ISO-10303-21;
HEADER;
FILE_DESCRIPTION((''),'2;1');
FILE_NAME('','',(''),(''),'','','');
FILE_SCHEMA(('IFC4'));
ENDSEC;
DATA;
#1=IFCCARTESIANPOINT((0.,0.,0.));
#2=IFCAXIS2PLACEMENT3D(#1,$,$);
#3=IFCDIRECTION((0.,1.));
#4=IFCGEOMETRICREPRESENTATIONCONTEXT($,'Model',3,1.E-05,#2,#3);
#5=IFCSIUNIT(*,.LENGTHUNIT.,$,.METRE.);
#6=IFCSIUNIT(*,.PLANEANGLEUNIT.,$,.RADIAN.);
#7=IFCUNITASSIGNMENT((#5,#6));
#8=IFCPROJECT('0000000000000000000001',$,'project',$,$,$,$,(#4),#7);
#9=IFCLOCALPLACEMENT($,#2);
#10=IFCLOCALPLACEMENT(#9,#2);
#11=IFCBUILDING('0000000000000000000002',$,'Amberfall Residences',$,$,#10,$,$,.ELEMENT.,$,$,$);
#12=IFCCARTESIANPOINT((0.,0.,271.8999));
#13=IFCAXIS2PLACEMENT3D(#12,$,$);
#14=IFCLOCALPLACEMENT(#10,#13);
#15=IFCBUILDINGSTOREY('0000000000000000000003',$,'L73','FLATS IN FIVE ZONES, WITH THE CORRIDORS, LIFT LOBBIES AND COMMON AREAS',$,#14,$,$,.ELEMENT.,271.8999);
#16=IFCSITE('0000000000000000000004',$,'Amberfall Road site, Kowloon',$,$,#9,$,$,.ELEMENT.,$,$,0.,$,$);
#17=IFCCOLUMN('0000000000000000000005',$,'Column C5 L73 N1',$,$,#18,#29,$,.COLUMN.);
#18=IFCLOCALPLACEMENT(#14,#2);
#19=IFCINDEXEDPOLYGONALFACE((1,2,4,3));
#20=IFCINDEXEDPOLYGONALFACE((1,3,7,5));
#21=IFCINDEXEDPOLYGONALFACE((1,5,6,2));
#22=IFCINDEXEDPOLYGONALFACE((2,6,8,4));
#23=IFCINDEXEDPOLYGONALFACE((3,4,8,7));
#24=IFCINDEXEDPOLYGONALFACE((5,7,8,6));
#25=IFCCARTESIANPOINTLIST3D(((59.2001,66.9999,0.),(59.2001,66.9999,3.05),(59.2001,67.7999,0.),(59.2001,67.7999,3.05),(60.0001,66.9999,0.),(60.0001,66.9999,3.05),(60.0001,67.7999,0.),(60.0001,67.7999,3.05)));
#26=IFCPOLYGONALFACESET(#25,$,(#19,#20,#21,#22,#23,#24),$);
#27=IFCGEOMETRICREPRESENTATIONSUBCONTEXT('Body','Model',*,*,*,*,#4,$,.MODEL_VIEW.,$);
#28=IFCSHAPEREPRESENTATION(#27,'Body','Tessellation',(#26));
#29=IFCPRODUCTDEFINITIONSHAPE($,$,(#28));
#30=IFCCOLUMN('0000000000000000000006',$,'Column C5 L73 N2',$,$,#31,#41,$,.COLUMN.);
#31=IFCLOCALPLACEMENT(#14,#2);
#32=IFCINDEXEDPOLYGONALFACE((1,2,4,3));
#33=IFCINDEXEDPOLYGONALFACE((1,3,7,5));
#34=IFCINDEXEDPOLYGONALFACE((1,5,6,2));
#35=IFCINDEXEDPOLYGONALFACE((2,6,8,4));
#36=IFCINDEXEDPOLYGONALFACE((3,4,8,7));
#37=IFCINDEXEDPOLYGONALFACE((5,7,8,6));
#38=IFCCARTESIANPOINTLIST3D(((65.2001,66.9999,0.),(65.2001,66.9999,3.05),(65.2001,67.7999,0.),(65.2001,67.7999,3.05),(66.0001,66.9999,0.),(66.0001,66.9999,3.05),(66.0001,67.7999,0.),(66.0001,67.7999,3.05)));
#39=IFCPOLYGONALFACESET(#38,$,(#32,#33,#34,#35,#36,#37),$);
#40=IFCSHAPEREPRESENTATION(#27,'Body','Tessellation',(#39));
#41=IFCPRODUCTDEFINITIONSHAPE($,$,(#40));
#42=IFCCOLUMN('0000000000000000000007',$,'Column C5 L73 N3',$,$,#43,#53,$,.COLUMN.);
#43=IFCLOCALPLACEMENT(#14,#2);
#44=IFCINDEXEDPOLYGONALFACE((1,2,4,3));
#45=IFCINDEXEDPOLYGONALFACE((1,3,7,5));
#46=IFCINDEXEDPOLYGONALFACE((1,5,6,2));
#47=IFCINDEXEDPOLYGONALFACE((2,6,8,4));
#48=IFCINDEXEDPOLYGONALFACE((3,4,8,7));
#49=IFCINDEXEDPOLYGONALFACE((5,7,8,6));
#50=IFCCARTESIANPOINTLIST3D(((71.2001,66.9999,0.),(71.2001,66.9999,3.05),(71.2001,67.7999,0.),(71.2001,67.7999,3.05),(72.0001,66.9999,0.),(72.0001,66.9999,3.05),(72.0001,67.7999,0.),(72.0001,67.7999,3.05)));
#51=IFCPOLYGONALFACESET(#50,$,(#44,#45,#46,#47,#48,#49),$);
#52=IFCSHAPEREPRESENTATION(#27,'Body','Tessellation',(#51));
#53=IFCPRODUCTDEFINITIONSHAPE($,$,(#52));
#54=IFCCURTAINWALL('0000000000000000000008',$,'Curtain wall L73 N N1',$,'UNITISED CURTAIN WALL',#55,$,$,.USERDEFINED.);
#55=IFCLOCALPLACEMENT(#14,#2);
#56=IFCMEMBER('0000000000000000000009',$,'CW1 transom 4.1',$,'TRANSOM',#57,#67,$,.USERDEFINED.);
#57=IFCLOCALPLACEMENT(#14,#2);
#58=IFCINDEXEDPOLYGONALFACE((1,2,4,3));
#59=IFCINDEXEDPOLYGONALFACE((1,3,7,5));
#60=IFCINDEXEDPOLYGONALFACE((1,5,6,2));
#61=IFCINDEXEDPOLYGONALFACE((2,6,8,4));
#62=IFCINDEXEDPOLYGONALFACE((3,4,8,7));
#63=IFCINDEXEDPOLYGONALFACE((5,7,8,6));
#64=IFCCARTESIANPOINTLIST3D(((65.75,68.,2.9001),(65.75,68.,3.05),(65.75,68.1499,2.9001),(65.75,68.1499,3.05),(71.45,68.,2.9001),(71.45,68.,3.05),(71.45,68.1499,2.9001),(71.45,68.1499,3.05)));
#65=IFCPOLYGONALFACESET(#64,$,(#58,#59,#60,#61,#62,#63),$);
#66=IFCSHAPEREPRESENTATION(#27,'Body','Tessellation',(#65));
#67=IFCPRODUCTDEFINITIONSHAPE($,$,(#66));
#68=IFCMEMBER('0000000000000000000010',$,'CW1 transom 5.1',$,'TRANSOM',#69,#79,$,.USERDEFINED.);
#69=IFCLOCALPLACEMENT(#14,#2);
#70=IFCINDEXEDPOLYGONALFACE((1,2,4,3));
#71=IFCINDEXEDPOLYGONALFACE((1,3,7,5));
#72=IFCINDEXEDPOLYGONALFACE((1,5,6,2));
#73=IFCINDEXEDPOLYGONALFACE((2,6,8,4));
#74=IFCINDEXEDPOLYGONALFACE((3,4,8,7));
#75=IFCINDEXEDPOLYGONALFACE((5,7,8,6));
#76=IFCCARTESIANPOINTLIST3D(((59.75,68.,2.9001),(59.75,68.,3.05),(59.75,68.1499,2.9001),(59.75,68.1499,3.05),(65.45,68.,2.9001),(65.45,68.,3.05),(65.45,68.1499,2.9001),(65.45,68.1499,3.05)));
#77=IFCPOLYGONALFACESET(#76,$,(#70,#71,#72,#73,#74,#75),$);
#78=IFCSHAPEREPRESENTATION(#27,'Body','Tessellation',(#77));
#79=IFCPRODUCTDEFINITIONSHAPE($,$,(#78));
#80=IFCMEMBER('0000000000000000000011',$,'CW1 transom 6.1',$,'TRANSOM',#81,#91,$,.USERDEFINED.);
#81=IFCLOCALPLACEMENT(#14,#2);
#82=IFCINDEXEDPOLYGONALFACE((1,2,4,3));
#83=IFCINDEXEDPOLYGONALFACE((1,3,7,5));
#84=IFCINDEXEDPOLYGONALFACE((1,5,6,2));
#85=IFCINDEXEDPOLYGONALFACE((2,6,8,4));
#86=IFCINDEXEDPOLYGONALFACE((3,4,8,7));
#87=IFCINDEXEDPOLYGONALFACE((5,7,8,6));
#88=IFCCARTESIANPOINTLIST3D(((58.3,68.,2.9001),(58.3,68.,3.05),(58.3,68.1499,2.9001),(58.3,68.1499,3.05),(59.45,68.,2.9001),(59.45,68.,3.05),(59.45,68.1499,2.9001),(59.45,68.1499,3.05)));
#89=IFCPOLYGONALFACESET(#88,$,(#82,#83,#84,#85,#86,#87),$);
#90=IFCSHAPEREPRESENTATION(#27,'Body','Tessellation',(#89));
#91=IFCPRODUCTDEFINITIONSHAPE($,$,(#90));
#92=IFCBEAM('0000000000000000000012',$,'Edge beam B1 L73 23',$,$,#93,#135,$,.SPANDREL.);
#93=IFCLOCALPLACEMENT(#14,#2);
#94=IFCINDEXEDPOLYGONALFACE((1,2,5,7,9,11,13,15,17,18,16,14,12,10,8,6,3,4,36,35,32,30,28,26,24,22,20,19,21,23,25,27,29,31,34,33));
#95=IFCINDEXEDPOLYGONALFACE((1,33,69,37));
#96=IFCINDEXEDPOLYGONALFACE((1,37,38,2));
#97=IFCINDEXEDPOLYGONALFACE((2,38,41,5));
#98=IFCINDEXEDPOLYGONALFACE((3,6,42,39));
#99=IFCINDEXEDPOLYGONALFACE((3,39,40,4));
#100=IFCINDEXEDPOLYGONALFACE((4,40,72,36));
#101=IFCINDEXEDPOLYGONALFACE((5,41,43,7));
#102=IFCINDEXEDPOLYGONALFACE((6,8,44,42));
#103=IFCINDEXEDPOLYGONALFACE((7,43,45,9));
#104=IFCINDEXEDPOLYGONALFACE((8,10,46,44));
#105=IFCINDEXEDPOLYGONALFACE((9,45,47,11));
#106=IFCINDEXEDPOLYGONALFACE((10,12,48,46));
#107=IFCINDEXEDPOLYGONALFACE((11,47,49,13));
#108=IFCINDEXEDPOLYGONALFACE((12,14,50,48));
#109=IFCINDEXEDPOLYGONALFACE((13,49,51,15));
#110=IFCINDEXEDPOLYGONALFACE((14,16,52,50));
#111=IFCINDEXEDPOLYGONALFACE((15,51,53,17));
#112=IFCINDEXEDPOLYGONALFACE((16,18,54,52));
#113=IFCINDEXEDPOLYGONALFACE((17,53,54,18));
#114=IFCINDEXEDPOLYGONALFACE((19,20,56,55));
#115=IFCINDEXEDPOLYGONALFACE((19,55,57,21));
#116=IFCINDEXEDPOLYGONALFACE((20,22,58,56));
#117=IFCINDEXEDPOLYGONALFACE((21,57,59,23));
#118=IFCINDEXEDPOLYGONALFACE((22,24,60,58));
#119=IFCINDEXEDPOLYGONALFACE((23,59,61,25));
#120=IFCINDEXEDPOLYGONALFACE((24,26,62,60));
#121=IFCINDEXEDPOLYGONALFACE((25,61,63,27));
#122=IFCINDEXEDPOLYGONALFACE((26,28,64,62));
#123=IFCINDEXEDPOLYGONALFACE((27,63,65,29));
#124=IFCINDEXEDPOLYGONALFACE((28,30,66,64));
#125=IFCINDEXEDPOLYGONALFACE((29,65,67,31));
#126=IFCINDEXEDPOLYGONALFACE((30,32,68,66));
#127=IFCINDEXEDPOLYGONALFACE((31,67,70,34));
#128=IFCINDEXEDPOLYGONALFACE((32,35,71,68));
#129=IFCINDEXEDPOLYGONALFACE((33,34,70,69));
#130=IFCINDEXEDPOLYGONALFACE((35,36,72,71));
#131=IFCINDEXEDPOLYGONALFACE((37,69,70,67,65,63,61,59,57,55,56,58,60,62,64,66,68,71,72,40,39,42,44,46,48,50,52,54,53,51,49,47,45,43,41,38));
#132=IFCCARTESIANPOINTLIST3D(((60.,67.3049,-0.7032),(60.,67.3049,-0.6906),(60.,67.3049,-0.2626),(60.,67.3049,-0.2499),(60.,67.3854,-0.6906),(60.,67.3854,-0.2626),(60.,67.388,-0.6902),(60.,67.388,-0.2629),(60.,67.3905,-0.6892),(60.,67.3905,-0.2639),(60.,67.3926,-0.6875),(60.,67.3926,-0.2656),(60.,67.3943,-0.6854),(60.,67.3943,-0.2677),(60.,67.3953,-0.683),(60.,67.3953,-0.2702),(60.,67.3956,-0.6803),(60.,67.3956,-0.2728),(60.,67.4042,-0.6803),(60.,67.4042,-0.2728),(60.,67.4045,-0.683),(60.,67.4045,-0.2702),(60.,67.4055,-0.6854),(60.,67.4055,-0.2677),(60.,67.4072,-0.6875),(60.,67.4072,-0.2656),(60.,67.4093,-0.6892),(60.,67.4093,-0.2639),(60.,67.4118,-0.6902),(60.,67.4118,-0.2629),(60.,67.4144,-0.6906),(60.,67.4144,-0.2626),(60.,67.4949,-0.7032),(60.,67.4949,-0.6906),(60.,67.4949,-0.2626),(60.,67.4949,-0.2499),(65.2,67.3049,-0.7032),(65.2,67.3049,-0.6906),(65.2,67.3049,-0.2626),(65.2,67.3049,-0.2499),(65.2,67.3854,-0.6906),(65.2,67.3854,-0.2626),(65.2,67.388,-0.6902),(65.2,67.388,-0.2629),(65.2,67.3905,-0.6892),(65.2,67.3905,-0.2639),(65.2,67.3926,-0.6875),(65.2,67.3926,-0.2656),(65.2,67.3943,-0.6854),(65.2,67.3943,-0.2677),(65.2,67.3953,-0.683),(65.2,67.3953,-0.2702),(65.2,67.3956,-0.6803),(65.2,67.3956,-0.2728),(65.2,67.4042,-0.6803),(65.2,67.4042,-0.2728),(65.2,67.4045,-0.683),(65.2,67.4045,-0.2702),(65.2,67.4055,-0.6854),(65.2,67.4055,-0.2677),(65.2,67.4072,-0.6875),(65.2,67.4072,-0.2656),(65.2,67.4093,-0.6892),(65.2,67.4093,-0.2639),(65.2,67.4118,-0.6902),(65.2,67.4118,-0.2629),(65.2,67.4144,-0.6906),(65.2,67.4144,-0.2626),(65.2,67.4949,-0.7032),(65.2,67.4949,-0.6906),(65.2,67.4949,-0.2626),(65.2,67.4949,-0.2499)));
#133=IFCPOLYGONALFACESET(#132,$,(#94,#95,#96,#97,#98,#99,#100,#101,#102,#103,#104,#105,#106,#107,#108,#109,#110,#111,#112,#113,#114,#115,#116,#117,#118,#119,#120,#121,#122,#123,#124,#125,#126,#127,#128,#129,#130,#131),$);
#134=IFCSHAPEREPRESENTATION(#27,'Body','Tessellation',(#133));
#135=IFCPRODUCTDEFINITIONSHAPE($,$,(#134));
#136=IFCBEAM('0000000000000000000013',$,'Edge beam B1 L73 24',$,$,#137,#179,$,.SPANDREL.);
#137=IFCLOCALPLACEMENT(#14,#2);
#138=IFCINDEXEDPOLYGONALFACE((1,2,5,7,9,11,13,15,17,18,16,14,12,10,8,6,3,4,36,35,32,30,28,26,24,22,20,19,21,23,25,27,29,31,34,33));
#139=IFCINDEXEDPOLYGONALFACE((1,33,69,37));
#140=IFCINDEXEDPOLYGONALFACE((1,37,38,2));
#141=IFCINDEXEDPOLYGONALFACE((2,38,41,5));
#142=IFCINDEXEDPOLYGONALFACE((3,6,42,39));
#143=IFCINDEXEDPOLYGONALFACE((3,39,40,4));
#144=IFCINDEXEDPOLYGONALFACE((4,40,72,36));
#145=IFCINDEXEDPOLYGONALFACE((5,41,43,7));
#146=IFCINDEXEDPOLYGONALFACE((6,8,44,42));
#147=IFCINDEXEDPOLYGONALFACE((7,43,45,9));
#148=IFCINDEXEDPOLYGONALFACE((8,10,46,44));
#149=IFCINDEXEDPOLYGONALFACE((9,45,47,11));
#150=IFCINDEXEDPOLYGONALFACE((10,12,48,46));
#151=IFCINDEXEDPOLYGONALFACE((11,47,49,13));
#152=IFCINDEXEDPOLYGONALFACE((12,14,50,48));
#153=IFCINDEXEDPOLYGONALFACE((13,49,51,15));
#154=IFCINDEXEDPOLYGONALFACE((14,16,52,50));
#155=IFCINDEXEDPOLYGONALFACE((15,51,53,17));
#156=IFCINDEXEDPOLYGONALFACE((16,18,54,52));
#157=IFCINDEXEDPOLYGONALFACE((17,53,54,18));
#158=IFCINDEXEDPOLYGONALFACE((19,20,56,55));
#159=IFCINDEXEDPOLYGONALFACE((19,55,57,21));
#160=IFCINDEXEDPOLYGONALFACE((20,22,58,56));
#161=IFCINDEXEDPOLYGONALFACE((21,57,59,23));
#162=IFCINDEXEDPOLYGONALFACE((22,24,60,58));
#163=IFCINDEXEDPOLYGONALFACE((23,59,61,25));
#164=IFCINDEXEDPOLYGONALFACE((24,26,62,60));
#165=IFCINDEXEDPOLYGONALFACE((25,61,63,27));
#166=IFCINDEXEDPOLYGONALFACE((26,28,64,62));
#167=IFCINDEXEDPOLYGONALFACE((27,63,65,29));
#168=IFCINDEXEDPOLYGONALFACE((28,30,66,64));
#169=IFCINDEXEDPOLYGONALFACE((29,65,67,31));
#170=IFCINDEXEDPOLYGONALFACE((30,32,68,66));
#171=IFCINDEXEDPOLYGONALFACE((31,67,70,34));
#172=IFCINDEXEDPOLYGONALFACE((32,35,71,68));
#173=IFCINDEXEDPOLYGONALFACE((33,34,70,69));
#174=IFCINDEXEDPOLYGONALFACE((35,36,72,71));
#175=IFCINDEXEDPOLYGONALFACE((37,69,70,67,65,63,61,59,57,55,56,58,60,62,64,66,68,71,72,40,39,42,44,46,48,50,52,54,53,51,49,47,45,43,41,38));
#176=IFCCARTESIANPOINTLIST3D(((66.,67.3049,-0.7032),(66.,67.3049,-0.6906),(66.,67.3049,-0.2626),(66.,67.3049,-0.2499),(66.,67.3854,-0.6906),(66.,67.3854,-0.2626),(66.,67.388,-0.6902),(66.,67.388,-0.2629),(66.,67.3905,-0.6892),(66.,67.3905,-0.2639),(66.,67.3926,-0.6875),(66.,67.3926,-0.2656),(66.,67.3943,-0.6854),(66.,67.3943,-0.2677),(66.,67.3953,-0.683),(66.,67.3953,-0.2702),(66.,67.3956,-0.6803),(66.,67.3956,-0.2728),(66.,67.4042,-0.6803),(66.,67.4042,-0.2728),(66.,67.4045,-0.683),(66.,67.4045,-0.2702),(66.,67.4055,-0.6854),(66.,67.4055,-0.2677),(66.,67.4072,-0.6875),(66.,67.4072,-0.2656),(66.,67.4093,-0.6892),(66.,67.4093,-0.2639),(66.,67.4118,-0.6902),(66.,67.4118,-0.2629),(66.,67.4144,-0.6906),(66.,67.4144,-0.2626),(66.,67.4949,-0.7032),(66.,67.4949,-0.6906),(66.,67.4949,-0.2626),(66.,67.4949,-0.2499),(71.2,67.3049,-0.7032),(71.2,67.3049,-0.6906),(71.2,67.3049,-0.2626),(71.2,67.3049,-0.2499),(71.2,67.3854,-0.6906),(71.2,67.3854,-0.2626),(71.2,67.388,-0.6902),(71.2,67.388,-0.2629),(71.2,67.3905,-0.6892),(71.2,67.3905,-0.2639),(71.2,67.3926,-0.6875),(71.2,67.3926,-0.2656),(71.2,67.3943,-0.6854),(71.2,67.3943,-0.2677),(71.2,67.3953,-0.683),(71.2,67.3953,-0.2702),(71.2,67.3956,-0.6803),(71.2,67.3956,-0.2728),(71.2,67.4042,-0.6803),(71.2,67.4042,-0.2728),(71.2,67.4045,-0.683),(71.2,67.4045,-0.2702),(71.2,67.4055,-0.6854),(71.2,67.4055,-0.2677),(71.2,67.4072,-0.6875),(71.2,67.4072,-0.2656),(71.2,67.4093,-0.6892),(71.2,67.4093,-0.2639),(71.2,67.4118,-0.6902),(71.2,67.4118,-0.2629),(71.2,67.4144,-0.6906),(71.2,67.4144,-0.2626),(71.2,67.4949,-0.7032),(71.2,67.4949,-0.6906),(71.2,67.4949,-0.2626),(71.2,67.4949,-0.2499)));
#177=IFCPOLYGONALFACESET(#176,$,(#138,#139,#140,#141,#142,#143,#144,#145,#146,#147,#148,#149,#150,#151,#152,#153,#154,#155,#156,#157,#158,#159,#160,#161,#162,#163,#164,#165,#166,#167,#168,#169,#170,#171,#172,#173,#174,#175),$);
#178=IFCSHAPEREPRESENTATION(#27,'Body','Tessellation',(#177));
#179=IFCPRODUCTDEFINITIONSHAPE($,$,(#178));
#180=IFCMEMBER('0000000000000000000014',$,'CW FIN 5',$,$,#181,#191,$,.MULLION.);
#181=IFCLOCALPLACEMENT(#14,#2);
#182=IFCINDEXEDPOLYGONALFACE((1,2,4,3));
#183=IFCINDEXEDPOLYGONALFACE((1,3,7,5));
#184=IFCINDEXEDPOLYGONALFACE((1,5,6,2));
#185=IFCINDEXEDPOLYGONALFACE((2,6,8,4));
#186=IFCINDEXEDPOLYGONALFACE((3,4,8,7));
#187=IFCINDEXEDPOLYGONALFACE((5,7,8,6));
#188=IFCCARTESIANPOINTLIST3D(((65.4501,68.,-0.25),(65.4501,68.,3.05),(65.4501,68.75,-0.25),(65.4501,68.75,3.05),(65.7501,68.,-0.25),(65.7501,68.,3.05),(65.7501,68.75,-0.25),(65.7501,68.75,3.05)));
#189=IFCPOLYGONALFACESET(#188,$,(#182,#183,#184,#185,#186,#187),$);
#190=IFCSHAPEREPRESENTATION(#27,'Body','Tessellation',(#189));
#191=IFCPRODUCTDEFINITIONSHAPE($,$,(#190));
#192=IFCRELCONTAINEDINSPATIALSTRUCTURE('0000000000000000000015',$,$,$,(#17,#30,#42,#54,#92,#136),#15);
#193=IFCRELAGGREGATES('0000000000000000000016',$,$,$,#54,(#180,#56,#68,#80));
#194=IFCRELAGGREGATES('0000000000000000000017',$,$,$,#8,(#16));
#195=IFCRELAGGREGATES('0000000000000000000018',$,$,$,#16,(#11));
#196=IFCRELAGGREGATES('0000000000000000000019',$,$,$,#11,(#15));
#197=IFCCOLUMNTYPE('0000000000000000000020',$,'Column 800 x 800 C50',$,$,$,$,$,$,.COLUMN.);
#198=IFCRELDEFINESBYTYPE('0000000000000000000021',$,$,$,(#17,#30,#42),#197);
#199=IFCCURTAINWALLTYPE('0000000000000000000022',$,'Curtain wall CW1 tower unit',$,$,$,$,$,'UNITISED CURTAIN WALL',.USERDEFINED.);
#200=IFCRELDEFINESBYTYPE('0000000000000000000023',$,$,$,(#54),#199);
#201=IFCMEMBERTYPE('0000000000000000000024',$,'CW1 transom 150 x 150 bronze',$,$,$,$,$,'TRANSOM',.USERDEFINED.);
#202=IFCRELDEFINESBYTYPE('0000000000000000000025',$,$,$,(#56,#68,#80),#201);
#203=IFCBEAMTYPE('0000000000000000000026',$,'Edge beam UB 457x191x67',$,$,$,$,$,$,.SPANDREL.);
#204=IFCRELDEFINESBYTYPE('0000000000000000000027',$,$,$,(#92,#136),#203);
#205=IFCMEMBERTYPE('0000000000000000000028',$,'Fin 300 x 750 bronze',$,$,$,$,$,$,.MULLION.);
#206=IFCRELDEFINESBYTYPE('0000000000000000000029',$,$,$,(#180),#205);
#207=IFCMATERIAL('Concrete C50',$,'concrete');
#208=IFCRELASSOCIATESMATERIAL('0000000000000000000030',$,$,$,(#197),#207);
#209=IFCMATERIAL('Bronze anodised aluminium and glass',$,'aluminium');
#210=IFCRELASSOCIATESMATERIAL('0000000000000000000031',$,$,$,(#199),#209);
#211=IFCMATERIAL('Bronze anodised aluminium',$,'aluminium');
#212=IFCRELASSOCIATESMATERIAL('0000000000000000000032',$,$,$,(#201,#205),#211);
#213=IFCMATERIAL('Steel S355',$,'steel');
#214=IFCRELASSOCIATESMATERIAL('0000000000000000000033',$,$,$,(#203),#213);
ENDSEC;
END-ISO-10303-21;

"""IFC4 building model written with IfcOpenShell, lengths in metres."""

from ifc_helpers import new_model, si_unit, direction, frame, origin, origin_2d, place, context, subcontext, project, spatial, rectangle, i_section, extrude, material, material_profile, profile_set, type_object, element, aggregate, save


model = new_model("IFC4")

# Units and contexts
model_context = context("Model", 3, precision=1e-05, world=origin(), true_north=direction((0.0, 1.0)))
body_context = subcontext(model_context, "Body", "Model", "MODEL_VIEW")
ifc_project = project(units=[si_unit("LENGTHUNIT", "METRE"), si_unit("PLANEANGLEUNIT", "RADIAN")], contexts=[model_context])

# Site, building, storey
site_placement = place(None, origin())
site = spatial("IfcSite", under=ifc_project, at=site_placement, Name="Amberfall Road site, Kowloon", CompositionType="ELEMENT", RefElevation=0.0)
building_placement = place(site_placement, origin())
building = spatial("IfcBuilding", under=site, at=building_placement, Name="Amberfall Residences", CompositionType="ELEMENT")
storey_placement = place(building_placement, frame((0.0, 0.0, 271.8999)))
storey = spatial("IfcBuildingStorey", under=building, at=storey_placement, Name="L73", Description="FLATS IN FIVE ZONES, WITH THE CORRIDORS, LIFT LOBBIES AND COMMON AREAS", CompositionType="ELEMENT", Elevation=271.8999)

# Columns
ifc_material_1 = material(Name="Concrete C50", Category="concrete")
ifc_material_profile_1 = material_profile(ifc_material_1, rectangle(XDim=0.8, YDim=0.8, at=origin_2d()), Name="Column 800 x 800 C50")
ifc_profile_set_1 = profile_set([ifc_material_profile_1], Name="Concrete C50")
column_type = type_object("IfcColumnType", Name="Column 800 x 800 C50", PredefinedType="COLUMN", material=ifc_profile_set_1)
for number, where, z_axis, x_axis, name in (
    (1, (59.6001, 67.3999, 0.0), (0.0, 0.0, 1.0), (1.0, 0.0, 0.0), "Column C5 L73 N1"),
    (2, (65.6001, 67.3999, 0.0), (0.0, 0.0, 1.0), (1.0, 0.0, 0.0), "Column C5 L73 N2"),
    (3, (71.6001, 67.3999, 0.0), (0.0, 0.0, 1.0), (1.0, 0.0, 0.0), "Column C5 L73 N3"),
):
    element("IfcColumn", number, at=place(storey_placement, frame(where, z_axis=z_axis, x_axis=x_axis)), inside=storey, type_object=column_type, Name=name, PredefinedType="COLUMN", context=body_context, shape_type="SweptSolid", body=[
        extrude(rectangle(XDim=0.8, YDim=0.8, at=origin_2d()), origin(), (0.0, 0.0, 1.0), 3.05),
    ])

# Curtain wall, members
ifc_material_2 = material(Name="Bronze anodised aluminium and glass", Category="aluminium")
curtain_wall_type = type_object("IfcCurtainWallType", Name="Curtain wall CW1 tower unit", ElementType="UNITISED CURTAIN WALL", PredefinedType="USERDEFINED", material=ifc_material_2)
curtain_wall_placement = place(storey_placement, origin())
curtain_wall = element("IfcCurtainWall", 4, at=curtain_wall_placement, inside=storey, type_object=curtain_wall_type, Name="Curtain wall L73 N N1", ObjectType="UNITISED CURTAIN WALL", PredefinedType="USERDEFINED")
ifc_material_3 = material(Name="Bronze anodised aluminium", Category="aluminium")
ifc_material_profile_2 = material_profile(ifc_material_3, rectangle(XDim=0.1499, YDim=0.1499, at=origin_2d()), Name="CW1 transom 150 x 150 bronze")
ifc_profile_set_2 = profile_set([ifc_material_profile_2], Name="Bronze anodised aluminium")
member_type_1 = type_object("IfcMemberType", Name="CW1 transom 150 x 150 bronze", ElementType="TRANSOM", PredefinedType="USERDEFINED", material=ifc_profile_set_2)
member_1_placement = place(storey_placement, frame((71.45, 68.075, 2.9751), z_axis=(-1.0, 0.0, 0.0), x_axis=(0.0, -1.0, 0.0)))
member_1 = element("IfcMember", 5, at=member_1_placement, type_object=member_type_1, Name="CW1 transom 4.1", ObjectType="TRANSOM", PredefinedType="USERDEFINED", context=body_context, shape_type="SweptSolid", body=[
    extrude(rectangle(XDim=0.1499, YDim=0.1499, at=origin_2d()), origin(), (0.0, 0.0, 1.0), 5.7),
])
member_2_placement = place(storey_placement, frame((65.45, 68.075, 2.9751), z_axis=(-1.0, 0.0, 0.0), x_axis=(0.0, -1.0, 0.0)))
member_2 = element("IfcMember", 6, at=member_2_placement, type_object=member_type_1, Name="CW1 transom 5.1", ObjectType="TRANSOM", PredefinedType="USERDEFINED", context=body_context, shape_type="SweptSolid", body=[
    extrude(rectangle(XDim=0.1499, YDim=0.1499, at=origin_2d()), origin(), (0.0, 0.0, 1.0), 5.7),
])
member_3_placement = place(storey_placement, frame((59.45, 68.075, 2.9751), z_axis=(-1.0, 0.0, 0.0), x_axis=(0.0, -1.0, 0.0)))
member_3 = element("IfcMember", 7, at=member_3_placement, type_object=member_type_1, Name="CW1 transom 6.1", ObjectType="TRANSOM", PredefinedType="USERDEFINED", context=body_context, shape_type="SweptSolid", body=[
    extrude(rectangle(XDim=0.1499, YDim=0.1499, at=origin_2d()), origin(), (0.0, 0.0, 1.0), 1.1499),
])

# Beams
ifc_material_4 = material(Name="Steel S355", Category="steel")
ifc_material_profile_3 = material_profile(ifc_material_4, i_section(OverallWidth=0.1899, OverallDepth=0.4534, WebThickness=0.0085, FlangeThickness=0.0127, FilletRadius=0.0103, at=origin_2d()), Name="UB 457x191x67")
ifc_profile_set_3 = profile_set([ifc_material_profile_3], Name="Steel S355")
beam_type_1 = type_object("IfcBeamType", Name="Edge beam UB 457x191x67", PredefinedType="SPANDREL", material=ifc_profile_set_3)
for number, where, z_axis, x_axis, name in (
    (8, (60.0, 67.3999, -0.4766), (1.0, 0.0, 0.0), (0.0, 1.0, 0.0), "Edge beam B1 L73 23"),
    (9, (66.0, 67.3999, -0.4766), (1.0, 0.0, 0.0), (0.0, 1.0, 0.0), "Edge beam B1 L73 24"),
):
    element("IfcBeam", number, at=place(storey_placement, frame(where, z_axis=z_axis, x_axis=x_axis)), inside=storey, type_object=beam_type_1, Name=name, PredefinedType="SPANDREL", context=body_context, shape_type="SweptSolid", body=[
        extrude(i_section(OverallWidth=0.1899, OverallDepth=0.4534, WebThickness=0.0085, FlangeThickness=0.0127, FilletRadius=0.0103, at=origin_2d()), origin(), (0.0, 0.0, 1.0), 5.2),
    ])

# Member
ifc_material_profile_4 = material_profile(ifc_material_3, rectangle(XDim=0.75, YDim=0.3, at=origin_2d()), Name="Fin 300 x 750 bronze")
ifc_profile_set_4 = profile_set([ifc_material_profile_4], Name="Bronze anodised aluminium")
member_type_2 = type_object("IfcMemberType", Name="Fin 300 x 750 bronze", PredefinedType="MULLION", material=ifc_profile_set_4)
member_4_placement = place(storey_placement, frame((65.6001, 68.375, -0.25), z_axis=(0.0, 0.0, 1.0), x_axis=(0.0, -1.0, 0.0)))
member_4 = element("IfcMember", 10, at=member_4_placement, type_object=member_type_2, Name="CW FIN 5", PredefinedType="MULLION", context=body_context, shape_type="SweptSolid", body=[
    extrude(rectangle(XDim=0.75, YDim=0.3, at=origin_2d()), origin(), (0.0, 0.0, 1.0), 3.3),
])

aggregate(curtain_wall, [member_4, member_1, member_2, member_3])

save(model, "model.ifc")
